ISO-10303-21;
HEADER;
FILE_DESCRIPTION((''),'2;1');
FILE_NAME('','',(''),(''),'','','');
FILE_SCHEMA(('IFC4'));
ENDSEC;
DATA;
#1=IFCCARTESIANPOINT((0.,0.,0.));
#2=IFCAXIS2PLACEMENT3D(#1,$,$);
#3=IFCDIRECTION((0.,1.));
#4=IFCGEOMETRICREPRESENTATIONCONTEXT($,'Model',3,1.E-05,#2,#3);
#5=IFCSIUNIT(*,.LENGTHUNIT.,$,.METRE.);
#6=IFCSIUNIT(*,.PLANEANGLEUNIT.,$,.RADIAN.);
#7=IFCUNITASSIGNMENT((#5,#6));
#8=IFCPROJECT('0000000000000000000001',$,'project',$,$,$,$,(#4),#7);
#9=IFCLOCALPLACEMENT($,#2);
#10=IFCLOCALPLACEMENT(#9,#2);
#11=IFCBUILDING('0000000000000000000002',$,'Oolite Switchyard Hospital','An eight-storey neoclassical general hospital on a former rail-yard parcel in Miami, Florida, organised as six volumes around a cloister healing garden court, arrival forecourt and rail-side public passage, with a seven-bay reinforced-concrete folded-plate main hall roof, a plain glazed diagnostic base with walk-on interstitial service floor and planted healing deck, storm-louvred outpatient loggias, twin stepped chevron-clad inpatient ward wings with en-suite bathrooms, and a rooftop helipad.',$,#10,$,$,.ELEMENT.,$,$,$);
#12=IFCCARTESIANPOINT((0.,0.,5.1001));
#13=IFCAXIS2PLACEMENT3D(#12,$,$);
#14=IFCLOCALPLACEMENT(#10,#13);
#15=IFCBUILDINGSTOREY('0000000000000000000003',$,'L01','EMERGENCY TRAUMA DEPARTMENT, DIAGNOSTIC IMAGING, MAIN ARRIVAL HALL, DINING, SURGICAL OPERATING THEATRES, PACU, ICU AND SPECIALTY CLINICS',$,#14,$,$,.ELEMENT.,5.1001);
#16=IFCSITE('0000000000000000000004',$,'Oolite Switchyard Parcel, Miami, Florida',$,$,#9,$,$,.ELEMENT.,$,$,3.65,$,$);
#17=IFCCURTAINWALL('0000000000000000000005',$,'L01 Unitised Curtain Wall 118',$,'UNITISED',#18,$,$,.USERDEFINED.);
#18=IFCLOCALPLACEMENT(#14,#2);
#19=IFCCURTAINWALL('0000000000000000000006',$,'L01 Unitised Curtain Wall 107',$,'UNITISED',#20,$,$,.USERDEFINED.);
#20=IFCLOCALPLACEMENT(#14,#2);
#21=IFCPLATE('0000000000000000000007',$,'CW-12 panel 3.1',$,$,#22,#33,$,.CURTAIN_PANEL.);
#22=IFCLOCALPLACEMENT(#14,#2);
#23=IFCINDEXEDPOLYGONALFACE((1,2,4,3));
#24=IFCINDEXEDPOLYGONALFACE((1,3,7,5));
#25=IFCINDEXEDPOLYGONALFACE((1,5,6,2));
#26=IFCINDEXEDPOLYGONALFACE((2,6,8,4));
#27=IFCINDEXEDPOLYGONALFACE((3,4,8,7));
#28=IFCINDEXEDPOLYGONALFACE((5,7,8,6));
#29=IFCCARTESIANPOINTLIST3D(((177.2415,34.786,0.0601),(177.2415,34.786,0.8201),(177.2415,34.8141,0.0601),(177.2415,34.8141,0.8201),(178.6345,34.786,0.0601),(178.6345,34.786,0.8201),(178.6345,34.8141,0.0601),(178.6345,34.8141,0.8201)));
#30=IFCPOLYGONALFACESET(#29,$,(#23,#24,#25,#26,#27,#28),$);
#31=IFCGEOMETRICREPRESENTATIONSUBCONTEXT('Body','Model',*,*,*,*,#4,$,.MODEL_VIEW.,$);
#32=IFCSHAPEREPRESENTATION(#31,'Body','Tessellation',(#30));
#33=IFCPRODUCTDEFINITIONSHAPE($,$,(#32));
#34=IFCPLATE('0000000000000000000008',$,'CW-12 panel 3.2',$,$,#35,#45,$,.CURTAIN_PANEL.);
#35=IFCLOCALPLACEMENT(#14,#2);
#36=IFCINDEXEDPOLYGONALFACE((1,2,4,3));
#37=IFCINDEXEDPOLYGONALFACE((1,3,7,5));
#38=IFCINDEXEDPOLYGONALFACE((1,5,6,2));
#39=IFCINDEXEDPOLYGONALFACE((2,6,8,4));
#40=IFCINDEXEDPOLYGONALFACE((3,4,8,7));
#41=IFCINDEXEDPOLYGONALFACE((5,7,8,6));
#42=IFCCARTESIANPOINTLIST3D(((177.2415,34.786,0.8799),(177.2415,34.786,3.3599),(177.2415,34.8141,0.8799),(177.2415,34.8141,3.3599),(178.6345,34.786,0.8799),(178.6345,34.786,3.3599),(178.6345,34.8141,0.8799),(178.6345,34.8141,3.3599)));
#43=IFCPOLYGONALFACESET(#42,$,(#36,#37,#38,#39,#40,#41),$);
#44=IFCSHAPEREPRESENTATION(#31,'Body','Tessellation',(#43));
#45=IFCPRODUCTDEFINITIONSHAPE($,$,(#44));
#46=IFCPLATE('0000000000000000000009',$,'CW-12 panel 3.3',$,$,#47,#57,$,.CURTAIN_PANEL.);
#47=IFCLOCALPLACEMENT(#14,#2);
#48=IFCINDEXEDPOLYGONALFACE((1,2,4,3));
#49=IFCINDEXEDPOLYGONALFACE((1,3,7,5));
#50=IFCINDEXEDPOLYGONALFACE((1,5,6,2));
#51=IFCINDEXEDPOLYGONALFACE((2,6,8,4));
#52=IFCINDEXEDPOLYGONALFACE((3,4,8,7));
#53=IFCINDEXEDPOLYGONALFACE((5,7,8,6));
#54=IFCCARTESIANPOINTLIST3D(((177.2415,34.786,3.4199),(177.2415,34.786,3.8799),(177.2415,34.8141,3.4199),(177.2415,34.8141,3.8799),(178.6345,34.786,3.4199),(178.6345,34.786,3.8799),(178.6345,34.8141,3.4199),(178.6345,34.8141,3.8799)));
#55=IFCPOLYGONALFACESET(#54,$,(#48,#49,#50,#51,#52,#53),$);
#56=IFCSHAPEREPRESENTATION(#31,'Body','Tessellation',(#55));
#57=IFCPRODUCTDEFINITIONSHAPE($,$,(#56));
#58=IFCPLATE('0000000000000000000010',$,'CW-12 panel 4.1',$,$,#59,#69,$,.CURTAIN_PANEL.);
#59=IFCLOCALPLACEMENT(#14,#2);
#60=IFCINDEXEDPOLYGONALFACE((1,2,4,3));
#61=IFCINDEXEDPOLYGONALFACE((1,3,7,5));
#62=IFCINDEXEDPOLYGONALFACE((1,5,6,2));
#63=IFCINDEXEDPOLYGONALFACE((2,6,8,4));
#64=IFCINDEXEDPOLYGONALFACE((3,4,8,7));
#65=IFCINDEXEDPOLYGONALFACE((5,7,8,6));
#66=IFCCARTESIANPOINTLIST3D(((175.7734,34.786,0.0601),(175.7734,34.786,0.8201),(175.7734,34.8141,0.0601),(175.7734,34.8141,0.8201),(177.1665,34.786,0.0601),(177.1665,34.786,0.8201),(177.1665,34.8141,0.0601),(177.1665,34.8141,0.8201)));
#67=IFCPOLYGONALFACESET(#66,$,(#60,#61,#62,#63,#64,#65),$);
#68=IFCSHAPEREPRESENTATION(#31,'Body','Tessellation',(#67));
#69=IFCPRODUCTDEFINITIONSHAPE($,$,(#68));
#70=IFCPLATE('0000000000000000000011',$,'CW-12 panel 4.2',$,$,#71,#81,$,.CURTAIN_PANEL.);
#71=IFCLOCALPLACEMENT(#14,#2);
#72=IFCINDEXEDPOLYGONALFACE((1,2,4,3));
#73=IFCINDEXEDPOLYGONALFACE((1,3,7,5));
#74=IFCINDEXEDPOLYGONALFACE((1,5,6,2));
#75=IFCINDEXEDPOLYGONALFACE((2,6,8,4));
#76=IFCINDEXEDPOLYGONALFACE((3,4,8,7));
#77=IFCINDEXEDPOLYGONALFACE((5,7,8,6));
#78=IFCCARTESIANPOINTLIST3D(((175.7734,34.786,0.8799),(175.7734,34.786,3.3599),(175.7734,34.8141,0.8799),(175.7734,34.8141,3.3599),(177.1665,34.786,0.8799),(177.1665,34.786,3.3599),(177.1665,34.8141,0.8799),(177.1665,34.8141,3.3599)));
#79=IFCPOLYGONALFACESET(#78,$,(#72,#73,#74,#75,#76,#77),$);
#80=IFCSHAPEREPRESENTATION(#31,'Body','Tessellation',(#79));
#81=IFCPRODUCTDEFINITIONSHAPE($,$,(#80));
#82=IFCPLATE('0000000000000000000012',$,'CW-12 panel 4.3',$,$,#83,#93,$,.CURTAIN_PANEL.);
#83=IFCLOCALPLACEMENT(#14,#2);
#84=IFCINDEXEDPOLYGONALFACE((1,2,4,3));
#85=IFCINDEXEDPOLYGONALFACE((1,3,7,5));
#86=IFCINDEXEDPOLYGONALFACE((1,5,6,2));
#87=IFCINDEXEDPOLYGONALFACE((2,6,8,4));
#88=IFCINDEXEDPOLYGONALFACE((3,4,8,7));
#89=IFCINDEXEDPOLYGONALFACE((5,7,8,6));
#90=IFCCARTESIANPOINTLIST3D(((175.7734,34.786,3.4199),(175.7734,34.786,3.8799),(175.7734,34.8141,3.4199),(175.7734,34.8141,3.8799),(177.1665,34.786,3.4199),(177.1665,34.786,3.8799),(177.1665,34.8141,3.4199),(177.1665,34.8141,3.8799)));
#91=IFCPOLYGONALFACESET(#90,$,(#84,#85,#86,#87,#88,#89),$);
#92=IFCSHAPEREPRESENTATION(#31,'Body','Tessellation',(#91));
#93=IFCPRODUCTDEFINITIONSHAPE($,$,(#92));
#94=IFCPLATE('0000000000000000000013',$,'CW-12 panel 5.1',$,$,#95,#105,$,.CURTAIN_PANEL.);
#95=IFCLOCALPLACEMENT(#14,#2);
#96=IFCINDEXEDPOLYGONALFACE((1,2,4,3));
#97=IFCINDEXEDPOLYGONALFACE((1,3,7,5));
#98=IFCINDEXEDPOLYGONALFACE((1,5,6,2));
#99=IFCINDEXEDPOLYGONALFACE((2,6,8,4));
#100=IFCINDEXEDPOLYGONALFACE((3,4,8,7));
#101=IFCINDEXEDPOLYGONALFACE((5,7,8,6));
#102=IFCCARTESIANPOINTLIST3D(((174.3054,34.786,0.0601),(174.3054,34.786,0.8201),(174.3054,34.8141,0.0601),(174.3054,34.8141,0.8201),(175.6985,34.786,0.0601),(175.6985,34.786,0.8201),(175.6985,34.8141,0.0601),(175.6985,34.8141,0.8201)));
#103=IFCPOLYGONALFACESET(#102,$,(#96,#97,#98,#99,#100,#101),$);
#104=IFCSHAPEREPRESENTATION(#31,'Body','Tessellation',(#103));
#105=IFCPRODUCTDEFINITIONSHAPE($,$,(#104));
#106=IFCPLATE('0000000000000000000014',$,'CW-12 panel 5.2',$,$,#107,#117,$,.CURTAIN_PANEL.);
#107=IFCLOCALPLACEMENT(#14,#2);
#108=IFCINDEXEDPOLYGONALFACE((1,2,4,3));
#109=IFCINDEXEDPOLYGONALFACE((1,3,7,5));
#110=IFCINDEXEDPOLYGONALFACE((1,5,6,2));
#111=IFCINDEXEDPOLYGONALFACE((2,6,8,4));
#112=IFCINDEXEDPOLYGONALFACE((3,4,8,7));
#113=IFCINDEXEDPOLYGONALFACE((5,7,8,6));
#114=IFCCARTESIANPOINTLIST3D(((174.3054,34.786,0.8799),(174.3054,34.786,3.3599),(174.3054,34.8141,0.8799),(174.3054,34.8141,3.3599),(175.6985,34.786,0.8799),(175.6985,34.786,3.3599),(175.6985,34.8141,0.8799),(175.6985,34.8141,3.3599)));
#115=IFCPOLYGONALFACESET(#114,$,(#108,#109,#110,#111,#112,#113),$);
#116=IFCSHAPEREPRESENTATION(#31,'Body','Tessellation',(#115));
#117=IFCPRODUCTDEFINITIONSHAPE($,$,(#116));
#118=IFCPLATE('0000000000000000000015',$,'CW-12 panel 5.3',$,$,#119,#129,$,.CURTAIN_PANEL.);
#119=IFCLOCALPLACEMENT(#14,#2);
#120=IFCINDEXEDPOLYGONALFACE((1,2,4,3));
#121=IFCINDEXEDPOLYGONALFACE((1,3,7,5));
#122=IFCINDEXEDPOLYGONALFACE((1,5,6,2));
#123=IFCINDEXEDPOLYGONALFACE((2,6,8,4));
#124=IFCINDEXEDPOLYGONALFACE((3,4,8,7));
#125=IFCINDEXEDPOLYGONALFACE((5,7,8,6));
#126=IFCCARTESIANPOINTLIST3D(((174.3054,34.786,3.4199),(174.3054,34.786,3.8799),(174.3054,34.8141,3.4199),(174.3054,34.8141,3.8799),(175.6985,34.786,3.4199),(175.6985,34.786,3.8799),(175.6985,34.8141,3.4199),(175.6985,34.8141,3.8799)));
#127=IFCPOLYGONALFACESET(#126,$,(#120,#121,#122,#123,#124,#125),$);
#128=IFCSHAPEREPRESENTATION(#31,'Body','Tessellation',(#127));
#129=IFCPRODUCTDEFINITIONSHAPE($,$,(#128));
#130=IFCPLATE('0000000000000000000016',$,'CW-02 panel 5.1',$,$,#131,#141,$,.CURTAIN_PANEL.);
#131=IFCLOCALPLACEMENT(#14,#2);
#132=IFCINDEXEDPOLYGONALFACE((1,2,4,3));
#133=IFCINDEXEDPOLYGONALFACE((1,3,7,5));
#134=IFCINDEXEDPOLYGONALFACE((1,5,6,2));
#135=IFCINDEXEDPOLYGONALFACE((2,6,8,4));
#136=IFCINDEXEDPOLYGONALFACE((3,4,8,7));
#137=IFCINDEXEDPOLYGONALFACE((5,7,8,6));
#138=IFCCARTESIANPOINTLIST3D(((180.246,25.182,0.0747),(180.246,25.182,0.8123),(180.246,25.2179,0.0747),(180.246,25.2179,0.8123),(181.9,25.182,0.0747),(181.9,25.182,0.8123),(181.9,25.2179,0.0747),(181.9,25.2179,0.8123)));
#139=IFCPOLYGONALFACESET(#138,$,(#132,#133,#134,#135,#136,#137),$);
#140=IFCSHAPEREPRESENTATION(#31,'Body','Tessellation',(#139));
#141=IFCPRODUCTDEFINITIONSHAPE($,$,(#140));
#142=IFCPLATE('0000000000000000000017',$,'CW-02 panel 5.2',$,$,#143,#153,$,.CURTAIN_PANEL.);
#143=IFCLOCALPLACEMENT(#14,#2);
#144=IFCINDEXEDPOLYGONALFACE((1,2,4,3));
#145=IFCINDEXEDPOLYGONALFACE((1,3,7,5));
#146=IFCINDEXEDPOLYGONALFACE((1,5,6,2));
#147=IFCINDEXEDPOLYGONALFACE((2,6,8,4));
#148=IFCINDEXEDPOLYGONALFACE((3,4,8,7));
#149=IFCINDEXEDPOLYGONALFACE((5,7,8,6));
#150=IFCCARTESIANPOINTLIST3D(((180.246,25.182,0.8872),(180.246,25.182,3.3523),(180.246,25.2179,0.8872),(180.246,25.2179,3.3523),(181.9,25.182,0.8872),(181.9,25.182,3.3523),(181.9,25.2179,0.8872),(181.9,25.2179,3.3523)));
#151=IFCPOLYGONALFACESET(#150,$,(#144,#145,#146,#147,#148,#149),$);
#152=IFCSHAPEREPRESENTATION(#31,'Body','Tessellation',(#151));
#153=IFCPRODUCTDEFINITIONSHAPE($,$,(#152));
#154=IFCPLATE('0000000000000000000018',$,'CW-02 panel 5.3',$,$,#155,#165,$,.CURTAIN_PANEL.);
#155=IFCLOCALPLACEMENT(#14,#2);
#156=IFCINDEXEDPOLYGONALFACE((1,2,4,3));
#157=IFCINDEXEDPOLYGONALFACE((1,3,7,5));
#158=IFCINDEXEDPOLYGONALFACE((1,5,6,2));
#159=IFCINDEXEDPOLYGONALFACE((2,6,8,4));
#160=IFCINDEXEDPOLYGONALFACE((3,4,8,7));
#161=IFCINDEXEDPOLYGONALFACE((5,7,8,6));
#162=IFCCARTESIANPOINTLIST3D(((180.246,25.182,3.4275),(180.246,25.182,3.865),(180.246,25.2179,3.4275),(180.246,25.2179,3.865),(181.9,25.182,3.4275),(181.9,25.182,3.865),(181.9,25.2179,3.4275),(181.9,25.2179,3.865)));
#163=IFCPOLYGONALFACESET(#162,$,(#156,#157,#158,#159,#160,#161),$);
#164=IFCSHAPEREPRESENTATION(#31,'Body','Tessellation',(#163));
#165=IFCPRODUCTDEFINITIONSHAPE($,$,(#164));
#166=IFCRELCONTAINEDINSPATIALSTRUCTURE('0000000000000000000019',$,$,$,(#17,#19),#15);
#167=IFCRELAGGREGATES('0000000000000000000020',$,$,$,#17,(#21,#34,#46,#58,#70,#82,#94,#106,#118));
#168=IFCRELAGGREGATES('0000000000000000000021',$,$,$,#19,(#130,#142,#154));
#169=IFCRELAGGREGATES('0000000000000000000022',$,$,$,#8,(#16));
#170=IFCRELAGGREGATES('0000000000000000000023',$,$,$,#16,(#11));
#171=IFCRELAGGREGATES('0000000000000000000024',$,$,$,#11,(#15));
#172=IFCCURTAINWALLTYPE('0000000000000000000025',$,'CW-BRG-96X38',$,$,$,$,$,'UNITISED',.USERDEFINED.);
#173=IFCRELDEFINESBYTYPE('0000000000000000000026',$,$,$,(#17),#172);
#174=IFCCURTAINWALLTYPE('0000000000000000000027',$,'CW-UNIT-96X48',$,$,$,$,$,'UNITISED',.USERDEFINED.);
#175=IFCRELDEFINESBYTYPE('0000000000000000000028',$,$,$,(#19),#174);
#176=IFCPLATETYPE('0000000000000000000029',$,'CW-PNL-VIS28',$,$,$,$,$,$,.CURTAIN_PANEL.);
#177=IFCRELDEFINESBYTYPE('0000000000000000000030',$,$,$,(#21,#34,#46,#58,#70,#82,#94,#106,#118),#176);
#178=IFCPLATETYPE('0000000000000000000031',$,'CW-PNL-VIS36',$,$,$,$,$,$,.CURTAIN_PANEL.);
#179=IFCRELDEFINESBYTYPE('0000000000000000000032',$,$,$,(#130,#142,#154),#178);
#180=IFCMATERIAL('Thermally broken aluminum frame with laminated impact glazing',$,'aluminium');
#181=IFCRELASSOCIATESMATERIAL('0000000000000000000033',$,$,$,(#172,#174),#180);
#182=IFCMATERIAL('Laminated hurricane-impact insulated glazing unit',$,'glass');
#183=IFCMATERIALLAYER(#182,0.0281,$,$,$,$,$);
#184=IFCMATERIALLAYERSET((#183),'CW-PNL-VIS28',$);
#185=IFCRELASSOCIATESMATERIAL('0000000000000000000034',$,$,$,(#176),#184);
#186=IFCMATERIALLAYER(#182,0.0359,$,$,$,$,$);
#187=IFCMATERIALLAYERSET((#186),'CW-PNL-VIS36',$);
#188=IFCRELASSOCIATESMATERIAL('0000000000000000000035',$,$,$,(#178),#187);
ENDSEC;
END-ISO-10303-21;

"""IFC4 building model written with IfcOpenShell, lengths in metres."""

from ifc_helpers import new_model, si_unit, direction, frame, origin, origin_2d, place, context, subcontext, project, spatial, rectangle, extrude, material, layer, layer_set, type_object, element, aggregate, save


model = new_model("IFC4")

# Units and contexts
model_context = context("Model", 3, precision=1e-05, world=origin(), true_north=direction((0.0, 1.0)))
body_context = subcontext(model_context, "Body", "Model", "MODEL_VIEW")
ifc_project = project(units=[si_unit("LENGTHUNIT", "METRE"), si_unit("PLANEANGLEUNIT", "RADIAN")], contexts=[model_context])

# Site, building, storey
site_placement = place(None, origin())
site = spatial("IfcSite", under=ifc_project, at=site_placement, Name="Oolite Switchyard Parcel, Miami, Florida", CompositionType="ELEMENT", RefElevation=3.65)
building_placement = place(site_placement, origin())
building = spatial("IfcBuilding", under=site, at=building_placement, Name="Oolite Switchyard Hospital", Description="An eight-storey neoclassical general hospital on a former rail-yard parcel in Miami, Florida, organised as six volumes around a cloister healing garden court, arrival forecourt and rail-side public passage, with a seven-bay reinforced-concrete folded-plate main hall roof, a plain glazed diagnostic base with walk-on interstitial service floor and planted healing deck, storm-louvred outpatient loggias, twin stepped chevron-clad inpatient ward wings with en-suite bathrooms, and a rooftop helipad.", CompositionType="ELEMENT")
storey_placement = place(building_placement, frame((0.0, 0.0, 5.1001)))
storey = spatial("IfcBuildingStorey", under=building, at=storey_placement, Name="L01", Description="EMERGENCY TRAUMA DEPARTMENT, DIAGNOSTIC IMAGING, MAIN ARRIVAL HALL, DINING, SURGICAL OPERATING THEATRES, PACU, ICU AND SPECIALTY CLINICS", CompositionType="ELEMENT", Elevation=5.1001)

# Curtain walls
ifc_material_1 = material(Name="Thermally broken aluminum frame with laminated impact glazing", Category="aluminium")
curtain_wall_type_1 = type_object("IfcCurtainWallType", Name="CW-BRG-96X38", ElementType="UNITISED", PredefinedType="USERDEFINED", material=ifc_material_1)
curtain_wall_1_placement = place(storey_placement, origin())
curtain_wall_1 = element("IfcCurtainWall", 1, at=curtain_wall_1_placement, inside=storey, type_object=curtain_wall_type_1, Name="L01 Unitised Curtain Wall 118", ObjectType="UNITISED", PredefinedType="USERDEFINED")
curtain_wall_type_2 = type_object("IfcCurtainWallType", Name="CW-UNIT-96X48", ElementType="UNITISED", PredefinedType="USERDEFINED", material=ifc_material_1)
curtain_wall_2_placement = place(storey_placement, origin())
curtain_wall_2 = element("IfcCurtainWall", 2, at=curtain_wall_2_placement, inside=storey, type_object=curtain_wall_type_2, Name="L01 Unitised Curtain Wall 107", ObjectType="UNITISED", PredefinedType="USERDEFINED")

# Plates
ifc_material_2 = material(Name="Laminated hurricane-impact insulated glazing unit", Category="glass")
ifc_layer_1 = layer(ifc_material_2, 0.0281)
ifc_layer_set_1 = layer_set([ifc_layer_1], Name="CW-PNL-VIS28")
plate_type_1 = type_object("IfcPlateType", Name="CW-PNL-VIS28", PredefinedType="CURTAIN_PANEL", material=ifc_layer_set_1)
plate_1_placement = place(storey_placement, frame((177.938, 34.8, 0.0601), z_axis=(0.0, 0.0, 1.0), x_axis=(-1.0, 0.0, 0.0)))
plate_1 = element("IfcPlate", 3, at=plate_1_placement, type_object=plate_type_1, Name="CW-12 panel 3.1", PredefinedType="CURTAIN_PANEL", context=body_context, shape_type="SweptSolid", body=[
    extrude(rectangle(XDim=1.3931, YDim=0.0281, at=origin_2d()), origin(), (0.0, 0.0, 1.0), 0.76),
])
plate_2_placement = place(storey_placement, frame((177.938, 34.8, 0.8799), z_axis=(0.0, 0.0, 1.0), x_axis=(-1.0, 0.0, 0.0)))
plate_2 = element("IfcPlate", 4, at=plate_2_placement, type_object=plate_type_1, Name="CW-12 panel 3.2", PredefinedType="CURTAIN_PANEL", context=body_context, shape_type="SweptSolid", body=[
    extrude(rectangle(XDim=1.3931, YDim=0.0281, at=origin_2d()), origin(), (0.0, 0.0, 1.0), 2.48),
])
plate_3_placement = place(storey_placement, frame((177.938, 34.8, 3.4199), z_axis=(0.0, 0.0, 1.0), x_axis=(-1.0, 0.0, 0.0)))
plate_3 = element("IfcPlate", 5, at=plate_3_placement, type_object=plate_type_1, Name="CW-12 panel 3.3", PredefinedType="CURTAIN_PANEL", context=body_context, shape_type="SweptSolid", body=[
    extrude(rectangle(XDim=1.3931, YDim=0.0281, at=origin_2d()), origin(), (0.0, 0.0, 1.0), 0.46),
])
plate_4_placement = place(storey_placement, frame((176.47, 34.8, 0.0601), z_axis=(0.0, 0.0, 1.0), x_axis=(-1.0, 0.0, 0.0)))
plate_4 = element("IfcPlate", 6, at=plate_4_placement, type_object=plate_type_1, Name="CW-12 panel 4.1", PredefinedType="CURTAIN_PANEL", context=body_context, shape_type="SweptSolid", body=[
    extrude(rectangle(XDim=1.3931, YDim=0.0281, at=origin_2d()), origin(), (0.0, 0.0, 1.0), 0.76),
])
plate_5_placement = place(storey_placement, frame((176.47, 34.8, 0.8799), z_axis=(0.0, 0.0, 1.0), x_axis=(-1.0, 0.0, 0.0)))
plate_5 = element("IfcPlate", 7, at=plate_5_placement, type_object=plate_type_1, Name="CW-12 panel 4.2", PredefinedType="CURTAIN_PANEL", context=body_context, shape_type="SweptSolid", body=[
    extrude(rectangle(XDim=1.3931, YDim=0.0281, at=origin_2d()), origin(), (0.0, 0.0, 1.0), 2.48),
])
plate_6_placement = place(storey_placement, frame((176.47, 34.8, 3.4199), z_axis=(0.0, 0.0, 1.0), x_axis=(-1.0, 0.0, 0.0)))
plate_6 = element("IfcPlate", 8, at=plate_6_placement, type_object=plate_type_1, Name="CW-12 panel 4.3", PredefinedType="CURTAIN_PANEL", context=body_context, shape_type="SweptSolid", body=[
    extrude(rectangle(XDim=1.3931, YDim=0.0281, at=origin_2d()), origin(), (0.0, 0.0, 1.0), 0.46),
])
plate_7_placement = place(storey_placement, frame((175.002, 34.8, 0.0601), z_axis=(0.0, 0.0, 1.0), x_axis=(-1.0, 0.0, 0.0)))
plate_7 = element("IfcPlate", 9, at=plate_7_placement, type_object=plate_type_1, Name="CW-12 panel 5.1", PredefinedType="CURTAIN_PANEL", context=body_context, shape_type="SweptSolid", body=[
    extrude(rectangle(XDim=1.3931, YDim=0.0281, at=origin_2d()), origin(), (0.0, 0.0, 1.0), 0.76),
])
plate_8_placement = place(storey_placement, frame((175.002, 34.8, 0.8799), z_axis=(0.0, 0.0, 1.0), x_axis=(-1.0, 0.0, 0.0)))
plate_8 = element("IfcPlate", 10, at=plate_8_placement, type_object=plate_type_1, Name="CW-12 panel 5.2", PredefinedType="CURTAIN_PANEL", context=body_context, shape_type="SweptSolid", body=[
    extrude(rectangle(XDim=1.3931, YDim=0.0281, at=origin_2d()), origin(), (0.0, 0.0, 1.0), 2.48),
])
plate_9_placement = place(storey_placement, frame((175.002, 34.8, 3.4199), z_axis=(0.0, 0.0, 1.0), x_axis=(-1.0, 0.0, 0.0)))
plate_9 = element("IfcPlate", 11, at=plate_9_placement, type_object=plate_type_1, Name="CW-12 panel 5.3", PredefinedType="CURTAIN_PANEL", context=body_context, shape_type="SweptSolid", body=[
    extrude(rectangle(XDim=1.3931, YDim=0.0281, at=origin_2d()), origin(), (0.0, 0.0, 1.0), 0.46),
])
aggregate(curtain_wall_1, [plate_1, plate_2, plate_3, plate_4, plate_5, plate_6, plate_7, plate_8, plate_9])
ifc_layer_2 = layer(ifc_material_2, 0.0359)
ifc_layer_set_2 = layer_set([ifc_layer_2], Name="CW-PNL-VIS36")
plate_type_2 = type_object("IfcPlateType", Name="CW-PNL-VIS36", PredefinedType="CURTAIN_PANEL", material=ifc_layer_set_2)
plate_10_placement = place(storey_placement, frame((181.073, 25.2, 0.0747), z_axis=(0.0, 0.0, 1.0), x_axis=(1.0, 0.0, 0.0)))
plate_10 = element("IfcPlate", 12, at=plate_10_placement, type_object=plate_type_2, Name="CW-02 panel 5.1", PredefinedType="CURTAIN_PANEL", context=body_context, shape_type="SweptSolid", body=[
    extrude(rectangle(XDim=1.6541, YDim=0.0359, at=origin_2d()), origin(), (0.0, 0.0, 1.0), 0.7375),
])
plate_11_placement = place(storey_placement, frame((181.073, 25.2, 0.8872), z_axis=(0.0, 0.0, 1.0), x_axis=(1.0, 0.0, 0.0)))
plate_11 = element("IfcPlate", 13, at=plate_11_placement, type_object=plate_type_2, Name="CW-02 panel 5.2", PredefinedType="CURTAIN_PANEL", context=body_context, shape_type="SweptSolid", body=[
    extrude(rectangle(XDim=1.6541, YDim=0.0359, at=origin_2d()), origin(), (0.0, 0.0, 1.0), 2.4651),
])
plate_12_placement = place(storey_placement, frame((181.073, 25.2, 3.4275), z_axis=(0.0, 0.0, 1.0), x_axis=(1.0, 0.0, 0.0)))
plate_12 = element("IfcPlate", 14, at=plate_12_placement, type_object=plate_type_2, Name="CW-02 panel 5.3", PredefinedType="CURTAIN_PANEL", context=body_context, shape_type="SweptSolid", body=[
    extrude(rectangle(XDim=1.6541, YDim=0.0359, at=origin_2d()), origin(), (0.0, 0.0, 1.0), 0.4375),
])
aggregate(curtain_wall_2, [plate_10, plate_11, plate_12])

save(model, "model.ifc")
